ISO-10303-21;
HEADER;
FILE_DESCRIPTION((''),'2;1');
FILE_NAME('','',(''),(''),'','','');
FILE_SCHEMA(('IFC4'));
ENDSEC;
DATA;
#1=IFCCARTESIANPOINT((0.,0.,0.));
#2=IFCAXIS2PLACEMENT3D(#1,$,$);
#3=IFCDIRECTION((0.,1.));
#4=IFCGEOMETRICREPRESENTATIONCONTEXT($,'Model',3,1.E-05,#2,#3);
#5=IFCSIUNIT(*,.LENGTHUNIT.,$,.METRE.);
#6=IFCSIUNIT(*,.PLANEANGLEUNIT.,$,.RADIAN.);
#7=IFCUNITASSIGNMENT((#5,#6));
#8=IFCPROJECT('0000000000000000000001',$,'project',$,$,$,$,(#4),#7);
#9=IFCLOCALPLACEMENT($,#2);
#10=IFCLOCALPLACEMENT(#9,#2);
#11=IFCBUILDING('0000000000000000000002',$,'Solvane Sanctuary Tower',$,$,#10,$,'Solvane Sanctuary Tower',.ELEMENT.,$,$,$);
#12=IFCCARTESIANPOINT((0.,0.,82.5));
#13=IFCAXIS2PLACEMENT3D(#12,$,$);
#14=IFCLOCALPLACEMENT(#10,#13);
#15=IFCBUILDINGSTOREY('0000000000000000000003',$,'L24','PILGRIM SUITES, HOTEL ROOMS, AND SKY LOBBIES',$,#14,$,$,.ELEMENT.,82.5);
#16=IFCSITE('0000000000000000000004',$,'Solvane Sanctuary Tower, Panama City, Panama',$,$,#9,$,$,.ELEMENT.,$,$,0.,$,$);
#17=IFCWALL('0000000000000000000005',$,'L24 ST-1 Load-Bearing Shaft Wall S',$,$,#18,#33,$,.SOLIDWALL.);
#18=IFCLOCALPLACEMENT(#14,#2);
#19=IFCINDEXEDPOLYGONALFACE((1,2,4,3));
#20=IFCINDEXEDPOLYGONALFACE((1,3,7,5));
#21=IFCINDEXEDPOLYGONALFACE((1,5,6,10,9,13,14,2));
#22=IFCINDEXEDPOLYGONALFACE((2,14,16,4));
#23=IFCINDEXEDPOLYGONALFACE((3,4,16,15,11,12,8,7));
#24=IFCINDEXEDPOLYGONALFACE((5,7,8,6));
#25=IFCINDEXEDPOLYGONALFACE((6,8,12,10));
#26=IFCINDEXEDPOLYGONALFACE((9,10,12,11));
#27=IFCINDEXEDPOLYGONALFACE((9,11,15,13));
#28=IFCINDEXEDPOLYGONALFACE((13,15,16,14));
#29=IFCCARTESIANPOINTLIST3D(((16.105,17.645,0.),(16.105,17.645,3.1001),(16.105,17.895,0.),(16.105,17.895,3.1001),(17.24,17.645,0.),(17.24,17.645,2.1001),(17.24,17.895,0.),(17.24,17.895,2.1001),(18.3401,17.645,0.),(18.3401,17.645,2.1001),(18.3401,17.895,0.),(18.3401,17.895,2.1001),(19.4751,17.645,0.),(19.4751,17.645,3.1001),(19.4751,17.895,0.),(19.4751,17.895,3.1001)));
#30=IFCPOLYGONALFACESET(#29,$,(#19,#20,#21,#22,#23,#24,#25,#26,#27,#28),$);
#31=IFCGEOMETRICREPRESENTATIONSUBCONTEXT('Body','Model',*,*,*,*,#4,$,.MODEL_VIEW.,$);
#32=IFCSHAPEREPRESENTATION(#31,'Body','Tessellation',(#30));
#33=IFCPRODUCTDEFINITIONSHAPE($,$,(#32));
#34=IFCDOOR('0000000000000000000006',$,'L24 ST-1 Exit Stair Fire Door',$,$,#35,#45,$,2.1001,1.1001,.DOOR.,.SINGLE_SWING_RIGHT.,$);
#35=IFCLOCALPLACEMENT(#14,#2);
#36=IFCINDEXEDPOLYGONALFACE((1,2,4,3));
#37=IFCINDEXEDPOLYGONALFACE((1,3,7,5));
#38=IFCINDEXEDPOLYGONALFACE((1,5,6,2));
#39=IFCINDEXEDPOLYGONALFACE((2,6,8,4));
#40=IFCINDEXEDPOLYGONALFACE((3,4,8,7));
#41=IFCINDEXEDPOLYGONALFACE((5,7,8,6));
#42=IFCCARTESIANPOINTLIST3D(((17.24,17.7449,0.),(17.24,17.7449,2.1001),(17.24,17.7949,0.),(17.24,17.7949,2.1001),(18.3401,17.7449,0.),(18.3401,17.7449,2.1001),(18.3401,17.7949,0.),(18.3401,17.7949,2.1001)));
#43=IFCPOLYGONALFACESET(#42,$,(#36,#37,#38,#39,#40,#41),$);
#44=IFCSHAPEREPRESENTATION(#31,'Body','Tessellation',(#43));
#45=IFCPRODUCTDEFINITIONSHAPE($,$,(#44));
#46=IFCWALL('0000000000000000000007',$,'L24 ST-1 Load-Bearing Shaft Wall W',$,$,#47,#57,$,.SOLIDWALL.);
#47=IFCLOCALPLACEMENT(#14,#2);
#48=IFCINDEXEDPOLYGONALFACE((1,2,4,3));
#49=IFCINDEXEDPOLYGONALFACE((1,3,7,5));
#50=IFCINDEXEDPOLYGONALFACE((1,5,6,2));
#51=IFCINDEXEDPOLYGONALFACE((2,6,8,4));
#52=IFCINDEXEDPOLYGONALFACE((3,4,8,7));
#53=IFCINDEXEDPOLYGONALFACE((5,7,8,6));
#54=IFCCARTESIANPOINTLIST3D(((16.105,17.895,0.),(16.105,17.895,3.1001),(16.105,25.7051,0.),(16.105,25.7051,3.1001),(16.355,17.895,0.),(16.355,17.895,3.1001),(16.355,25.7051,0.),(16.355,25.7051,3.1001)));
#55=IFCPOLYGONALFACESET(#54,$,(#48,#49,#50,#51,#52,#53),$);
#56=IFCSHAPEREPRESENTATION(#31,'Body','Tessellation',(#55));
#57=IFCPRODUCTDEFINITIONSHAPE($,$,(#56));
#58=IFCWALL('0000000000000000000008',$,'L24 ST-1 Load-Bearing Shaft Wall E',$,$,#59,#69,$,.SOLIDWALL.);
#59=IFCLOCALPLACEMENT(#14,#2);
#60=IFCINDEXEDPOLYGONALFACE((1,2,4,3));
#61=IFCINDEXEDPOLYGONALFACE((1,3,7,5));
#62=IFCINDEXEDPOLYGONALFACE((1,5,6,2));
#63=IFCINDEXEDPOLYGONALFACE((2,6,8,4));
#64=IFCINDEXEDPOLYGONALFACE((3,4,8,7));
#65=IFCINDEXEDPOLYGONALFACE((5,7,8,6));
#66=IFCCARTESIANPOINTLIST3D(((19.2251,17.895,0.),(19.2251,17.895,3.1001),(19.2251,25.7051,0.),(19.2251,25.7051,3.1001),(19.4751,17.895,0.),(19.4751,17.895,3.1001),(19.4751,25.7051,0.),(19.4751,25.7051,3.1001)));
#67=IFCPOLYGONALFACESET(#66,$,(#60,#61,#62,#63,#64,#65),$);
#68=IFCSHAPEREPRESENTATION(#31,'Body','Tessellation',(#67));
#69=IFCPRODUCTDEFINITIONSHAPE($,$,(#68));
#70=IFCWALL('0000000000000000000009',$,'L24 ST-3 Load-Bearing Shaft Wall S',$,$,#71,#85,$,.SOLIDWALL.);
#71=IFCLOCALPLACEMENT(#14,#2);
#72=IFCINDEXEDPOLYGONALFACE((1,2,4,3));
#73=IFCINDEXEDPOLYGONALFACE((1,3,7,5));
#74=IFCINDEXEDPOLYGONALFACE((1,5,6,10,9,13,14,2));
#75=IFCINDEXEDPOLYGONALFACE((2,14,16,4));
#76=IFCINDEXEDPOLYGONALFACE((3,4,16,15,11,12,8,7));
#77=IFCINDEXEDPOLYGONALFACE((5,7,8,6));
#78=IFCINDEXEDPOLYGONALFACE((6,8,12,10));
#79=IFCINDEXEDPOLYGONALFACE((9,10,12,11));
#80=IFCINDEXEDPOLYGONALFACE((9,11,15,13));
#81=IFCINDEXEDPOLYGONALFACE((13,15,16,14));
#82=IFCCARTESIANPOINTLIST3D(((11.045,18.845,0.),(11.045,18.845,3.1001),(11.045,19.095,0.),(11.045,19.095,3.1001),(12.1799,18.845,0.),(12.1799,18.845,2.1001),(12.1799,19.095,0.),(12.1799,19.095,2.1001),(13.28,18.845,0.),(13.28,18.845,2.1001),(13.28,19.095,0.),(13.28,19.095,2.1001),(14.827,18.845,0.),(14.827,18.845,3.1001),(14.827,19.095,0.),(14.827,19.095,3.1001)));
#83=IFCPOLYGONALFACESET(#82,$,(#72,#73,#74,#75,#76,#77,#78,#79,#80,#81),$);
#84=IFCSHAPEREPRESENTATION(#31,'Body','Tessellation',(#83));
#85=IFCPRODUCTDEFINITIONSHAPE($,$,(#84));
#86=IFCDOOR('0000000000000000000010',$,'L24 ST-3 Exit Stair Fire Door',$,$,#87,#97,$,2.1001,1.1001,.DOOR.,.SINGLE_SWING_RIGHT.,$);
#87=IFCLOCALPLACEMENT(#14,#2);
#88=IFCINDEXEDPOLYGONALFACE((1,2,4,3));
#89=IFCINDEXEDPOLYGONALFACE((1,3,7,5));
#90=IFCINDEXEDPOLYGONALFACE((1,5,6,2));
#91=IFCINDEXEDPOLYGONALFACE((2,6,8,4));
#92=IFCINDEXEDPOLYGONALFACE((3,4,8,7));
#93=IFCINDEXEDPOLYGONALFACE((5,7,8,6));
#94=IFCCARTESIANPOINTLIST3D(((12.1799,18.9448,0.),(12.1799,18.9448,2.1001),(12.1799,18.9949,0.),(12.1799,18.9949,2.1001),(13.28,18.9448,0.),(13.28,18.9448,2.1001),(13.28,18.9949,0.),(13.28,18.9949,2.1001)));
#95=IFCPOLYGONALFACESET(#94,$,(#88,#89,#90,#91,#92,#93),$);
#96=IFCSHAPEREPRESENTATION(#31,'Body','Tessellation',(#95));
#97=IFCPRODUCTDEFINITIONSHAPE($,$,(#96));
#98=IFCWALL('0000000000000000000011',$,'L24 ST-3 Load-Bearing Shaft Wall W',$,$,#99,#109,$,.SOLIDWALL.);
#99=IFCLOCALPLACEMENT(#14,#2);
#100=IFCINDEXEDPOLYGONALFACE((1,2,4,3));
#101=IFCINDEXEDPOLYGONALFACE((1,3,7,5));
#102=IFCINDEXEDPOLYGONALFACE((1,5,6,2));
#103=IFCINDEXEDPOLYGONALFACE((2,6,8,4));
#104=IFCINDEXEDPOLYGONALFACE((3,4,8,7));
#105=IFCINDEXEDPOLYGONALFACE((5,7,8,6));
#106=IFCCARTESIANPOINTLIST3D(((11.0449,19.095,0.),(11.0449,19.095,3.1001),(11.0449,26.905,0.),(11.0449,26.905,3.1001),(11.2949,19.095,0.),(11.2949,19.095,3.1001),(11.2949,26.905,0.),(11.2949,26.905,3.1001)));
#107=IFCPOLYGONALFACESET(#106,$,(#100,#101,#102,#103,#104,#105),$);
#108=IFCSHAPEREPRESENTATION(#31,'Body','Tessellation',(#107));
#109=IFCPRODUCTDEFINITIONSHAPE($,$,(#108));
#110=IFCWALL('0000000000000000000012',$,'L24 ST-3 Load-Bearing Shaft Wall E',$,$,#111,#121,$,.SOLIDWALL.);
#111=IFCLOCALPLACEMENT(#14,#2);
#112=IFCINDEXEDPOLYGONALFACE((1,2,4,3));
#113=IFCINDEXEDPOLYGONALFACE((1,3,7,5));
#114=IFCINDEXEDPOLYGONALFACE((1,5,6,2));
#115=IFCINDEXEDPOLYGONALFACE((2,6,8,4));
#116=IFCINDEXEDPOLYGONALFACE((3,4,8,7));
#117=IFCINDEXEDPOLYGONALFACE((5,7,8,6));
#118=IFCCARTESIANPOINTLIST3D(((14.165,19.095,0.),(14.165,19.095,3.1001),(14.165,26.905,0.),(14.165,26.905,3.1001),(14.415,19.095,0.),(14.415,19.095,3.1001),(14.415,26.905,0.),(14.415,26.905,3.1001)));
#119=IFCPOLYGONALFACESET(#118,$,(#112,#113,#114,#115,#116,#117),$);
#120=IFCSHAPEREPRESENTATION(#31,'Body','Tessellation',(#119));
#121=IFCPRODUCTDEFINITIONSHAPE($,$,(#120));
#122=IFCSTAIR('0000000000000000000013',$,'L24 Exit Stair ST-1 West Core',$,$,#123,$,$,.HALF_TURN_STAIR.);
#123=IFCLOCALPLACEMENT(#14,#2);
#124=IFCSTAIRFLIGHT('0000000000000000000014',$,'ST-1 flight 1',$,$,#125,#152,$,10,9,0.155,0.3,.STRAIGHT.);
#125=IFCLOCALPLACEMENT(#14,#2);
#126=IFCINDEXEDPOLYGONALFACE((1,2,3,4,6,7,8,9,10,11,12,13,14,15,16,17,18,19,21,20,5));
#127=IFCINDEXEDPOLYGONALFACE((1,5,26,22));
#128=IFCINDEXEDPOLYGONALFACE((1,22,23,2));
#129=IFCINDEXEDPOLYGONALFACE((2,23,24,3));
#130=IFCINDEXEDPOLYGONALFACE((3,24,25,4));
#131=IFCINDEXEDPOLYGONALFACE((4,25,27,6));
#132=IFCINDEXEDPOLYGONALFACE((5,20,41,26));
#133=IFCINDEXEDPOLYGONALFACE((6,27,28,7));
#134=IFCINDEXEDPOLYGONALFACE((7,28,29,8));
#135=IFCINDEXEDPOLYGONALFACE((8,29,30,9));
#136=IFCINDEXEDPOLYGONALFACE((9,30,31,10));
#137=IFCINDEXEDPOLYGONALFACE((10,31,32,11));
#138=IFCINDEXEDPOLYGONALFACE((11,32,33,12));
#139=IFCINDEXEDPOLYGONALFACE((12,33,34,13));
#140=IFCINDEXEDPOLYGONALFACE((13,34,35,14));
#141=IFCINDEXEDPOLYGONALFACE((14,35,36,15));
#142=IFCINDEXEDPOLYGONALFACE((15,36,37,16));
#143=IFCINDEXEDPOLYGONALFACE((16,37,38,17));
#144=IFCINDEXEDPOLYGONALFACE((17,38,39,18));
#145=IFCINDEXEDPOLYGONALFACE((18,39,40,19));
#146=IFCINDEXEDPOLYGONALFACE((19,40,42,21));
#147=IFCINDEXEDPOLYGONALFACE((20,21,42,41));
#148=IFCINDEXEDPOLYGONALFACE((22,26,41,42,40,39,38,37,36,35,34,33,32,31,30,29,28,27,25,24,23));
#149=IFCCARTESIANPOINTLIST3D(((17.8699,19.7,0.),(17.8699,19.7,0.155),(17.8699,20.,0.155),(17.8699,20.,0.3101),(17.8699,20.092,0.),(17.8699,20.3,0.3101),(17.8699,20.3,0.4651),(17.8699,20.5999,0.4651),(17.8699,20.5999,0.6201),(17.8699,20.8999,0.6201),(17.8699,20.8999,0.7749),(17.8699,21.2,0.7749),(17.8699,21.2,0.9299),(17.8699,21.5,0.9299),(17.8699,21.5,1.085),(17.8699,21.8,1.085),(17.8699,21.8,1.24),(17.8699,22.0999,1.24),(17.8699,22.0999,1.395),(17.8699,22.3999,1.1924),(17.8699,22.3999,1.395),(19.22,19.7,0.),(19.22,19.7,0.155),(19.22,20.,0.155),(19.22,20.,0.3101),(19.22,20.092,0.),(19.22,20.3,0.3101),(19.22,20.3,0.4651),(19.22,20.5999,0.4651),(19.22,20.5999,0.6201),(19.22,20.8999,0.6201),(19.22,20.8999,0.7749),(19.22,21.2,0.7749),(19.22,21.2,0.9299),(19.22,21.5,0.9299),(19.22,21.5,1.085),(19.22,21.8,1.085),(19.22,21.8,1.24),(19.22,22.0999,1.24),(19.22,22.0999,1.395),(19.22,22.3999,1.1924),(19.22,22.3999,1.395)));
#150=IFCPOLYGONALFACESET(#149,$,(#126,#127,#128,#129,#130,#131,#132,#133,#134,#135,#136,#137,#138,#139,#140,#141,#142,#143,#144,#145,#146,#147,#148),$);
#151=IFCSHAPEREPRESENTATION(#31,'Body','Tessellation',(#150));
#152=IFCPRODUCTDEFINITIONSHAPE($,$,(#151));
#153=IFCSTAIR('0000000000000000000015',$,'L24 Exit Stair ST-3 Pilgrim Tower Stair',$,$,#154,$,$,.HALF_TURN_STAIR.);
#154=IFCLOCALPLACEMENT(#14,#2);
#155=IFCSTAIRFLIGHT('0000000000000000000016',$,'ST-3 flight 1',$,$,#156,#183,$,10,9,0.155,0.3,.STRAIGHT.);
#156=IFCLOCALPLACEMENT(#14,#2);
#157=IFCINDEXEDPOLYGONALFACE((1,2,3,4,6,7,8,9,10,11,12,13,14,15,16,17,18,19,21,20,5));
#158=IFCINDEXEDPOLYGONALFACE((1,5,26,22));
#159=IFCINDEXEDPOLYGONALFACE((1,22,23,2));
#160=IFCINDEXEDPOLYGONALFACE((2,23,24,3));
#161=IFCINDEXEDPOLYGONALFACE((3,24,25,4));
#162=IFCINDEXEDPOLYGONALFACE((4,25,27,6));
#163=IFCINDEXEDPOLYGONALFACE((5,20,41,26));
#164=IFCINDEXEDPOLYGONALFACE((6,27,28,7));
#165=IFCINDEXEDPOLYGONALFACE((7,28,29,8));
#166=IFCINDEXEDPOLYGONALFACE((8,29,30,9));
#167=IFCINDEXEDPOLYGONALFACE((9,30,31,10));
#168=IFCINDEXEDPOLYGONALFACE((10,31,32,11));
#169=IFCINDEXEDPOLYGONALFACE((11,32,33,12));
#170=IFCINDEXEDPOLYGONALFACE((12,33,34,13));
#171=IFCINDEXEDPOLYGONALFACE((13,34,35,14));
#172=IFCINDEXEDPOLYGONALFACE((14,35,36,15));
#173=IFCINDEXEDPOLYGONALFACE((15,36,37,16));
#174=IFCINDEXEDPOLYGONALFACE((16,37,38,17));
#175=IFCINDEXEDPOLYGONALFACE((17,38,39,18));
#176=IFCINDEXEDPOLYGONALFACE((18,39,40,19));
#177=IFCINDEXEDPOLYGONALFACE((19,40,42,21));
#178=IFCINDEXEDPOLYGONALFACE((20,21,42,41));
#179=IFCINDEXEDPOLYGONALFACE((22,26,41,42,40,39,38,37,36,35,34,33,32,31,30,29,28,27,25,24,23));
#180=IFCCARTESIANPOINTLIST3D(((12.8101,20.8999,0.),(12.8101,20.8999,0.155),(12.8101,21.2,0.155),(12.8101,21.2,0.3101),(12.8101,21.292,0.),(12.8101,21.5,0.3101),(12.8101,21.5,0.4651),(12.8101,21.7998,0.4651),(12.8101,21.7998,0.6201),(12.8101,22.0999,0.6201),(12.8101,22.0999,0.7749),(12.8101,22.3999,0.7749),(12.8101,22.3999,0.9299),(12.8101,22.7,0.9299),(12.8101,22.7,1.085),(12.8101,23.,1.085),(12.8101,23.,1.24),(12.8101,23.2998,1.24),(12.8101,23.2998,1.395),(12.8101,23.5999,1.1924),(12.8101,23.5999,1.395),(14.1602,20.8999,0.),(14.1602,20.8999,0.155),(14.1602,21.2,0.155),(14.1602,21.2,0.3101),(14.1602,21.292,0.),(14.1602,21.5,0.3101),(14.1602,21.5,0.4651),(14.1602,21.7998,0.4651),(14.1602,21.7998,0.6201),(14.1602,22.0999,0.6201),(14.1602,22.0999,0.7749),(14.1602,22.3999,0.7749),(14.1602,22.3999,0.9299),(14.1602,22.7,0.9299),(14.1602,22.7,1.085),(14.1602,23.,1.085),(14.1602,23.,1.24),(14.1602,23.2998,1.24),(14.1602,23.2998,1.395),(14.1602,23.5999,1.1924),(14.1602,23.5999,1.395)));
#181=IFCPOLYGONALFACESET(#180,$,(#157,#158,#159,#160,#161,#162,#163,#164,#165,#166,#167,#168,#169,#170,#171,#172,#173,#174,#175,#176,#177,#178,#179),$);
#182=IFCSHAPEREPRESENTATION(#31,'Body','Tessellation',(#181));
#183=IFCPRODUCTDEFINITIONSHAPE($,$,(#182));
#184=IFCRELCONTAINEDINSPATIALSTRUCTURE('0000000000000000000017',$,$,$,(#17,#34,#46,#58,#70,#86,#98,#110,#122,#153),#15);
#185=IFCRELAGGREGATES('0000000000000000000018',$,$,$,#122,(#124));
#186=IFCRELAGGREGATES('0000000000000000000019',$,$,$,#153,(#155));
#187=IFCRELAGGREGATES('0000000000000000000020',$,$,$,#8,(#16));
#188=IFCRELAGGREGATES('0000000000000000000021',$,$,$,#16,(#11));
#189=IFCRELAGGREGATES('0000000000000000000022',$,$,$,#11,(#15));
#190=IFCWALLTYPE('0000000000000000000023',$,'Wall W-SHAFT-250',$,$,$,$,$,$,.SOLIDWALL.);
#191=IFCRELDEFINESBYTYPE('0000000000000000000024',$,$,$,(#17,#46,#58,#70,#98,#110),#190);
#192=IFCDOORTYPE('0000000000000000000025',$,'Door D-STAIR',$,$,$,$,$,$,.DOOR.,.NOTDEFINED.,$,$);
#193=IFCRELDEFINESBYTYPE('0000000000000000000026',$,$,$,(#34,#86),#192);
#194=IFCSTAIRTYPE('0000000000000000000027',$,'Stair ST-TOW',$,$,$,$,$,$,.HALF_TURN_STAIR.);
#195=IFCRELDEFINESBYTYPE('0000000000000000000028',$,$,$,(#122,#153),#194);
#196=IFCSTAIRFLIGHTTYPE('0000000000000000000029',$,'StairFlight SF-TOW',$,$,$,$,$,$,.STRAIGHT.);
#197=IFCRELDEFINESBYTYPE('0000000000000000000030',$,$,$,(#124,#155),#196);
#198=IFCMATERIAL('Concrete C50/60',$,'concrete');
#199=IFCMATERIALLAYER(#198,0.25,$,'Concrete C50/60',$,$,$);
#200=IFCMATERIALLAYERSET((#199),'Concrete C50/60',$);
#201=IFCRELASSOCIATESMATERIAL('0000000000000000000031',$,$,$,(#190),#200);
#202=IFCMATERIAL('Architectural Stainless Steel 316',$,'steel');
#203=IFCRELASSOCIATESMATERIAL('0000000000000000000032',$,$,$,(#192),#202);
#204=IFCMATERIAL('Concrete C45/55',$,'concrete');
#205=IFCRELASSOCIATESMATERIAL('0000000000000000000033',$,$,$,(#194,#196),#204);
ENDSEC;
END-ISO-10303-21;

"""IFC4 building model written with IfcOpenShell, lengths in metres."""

from ifc_helpers import new_model, si_unit, direction, frame, frame_2d, origin, place, context, subcontext, project, spatial, polyline, rectangle, outline, extrude, material, layer, layer_set, type_object, element, fill, aggregate, save


model = new_model("IFC4")

# Units and contexts
model_context = context("Model", 3, precision=1e-05, world=origin(), true_north=direction((0.0, 1.0)))
body_context = subcontext(model_context, "Body", "Model", "MODEL_VIEW")
ifc_project = project(units=[si_unit("LENGTHUNIT", "METRE"), si_unit("PLANEANGLEUNIT", "RADIAN")], contexts=[model_context])

# Site, building, storey
site_placement = place(None, origin())
site = spatial("IfcSite", under=ifc_project, at=site_placement, Name="Solvane Sanctuary Tower, Panama City, Panama", CompositionType="ELEMENT", RefElevation=0.0)
building_placement = place(site_placement, origin())
building = spatial("IfcBuilding", under=site, at=building_placement, Name="Solvane Sanctuary Tower", LongName="Solvane Sanctuary Tower", CompositionType="ELEMENT")
storey_placement = place(building_placement, frame((0.0, 0.0, 82.5)))
storey = spatial("IfcBuildingStorey", under=building, at=storey_placement, Name="L24", Description="PILGRIM SUITES, HOTEL ROOMS, AND SKY LOBBIES", CompositionType="ELEMENT", Elevation=82.5)

# Shared definitions
ifc_material_1 = material(Name="Concrete C50/60", Category="concrete")

# Wall, opening, door
ifc_layer_1 = layer(ifc_material_1, 0.25, Name="Concrete C50/60")
ifc_layer_set_1 = layer_set([ifc_layer_1], Name="Concrete C50/60")
wall_type_1 = type_object("IfcWallType", Name="Wall W-SHAFT-250", PredefinedType="SOLIDWALL", material=ifc_layer_set_1)
wall_1_placement = place(storey_placement, frame((16.105, 17.77, 0.0), z_axis=(0.0, 0.0, 1.0), x_axis=(1.0, 0.0, 0.0)))
wall_1 = element("IfcWall", 1, at=wall_1_placement, inside=storey, type_object=wall_type_1, Name="L24 ST-1 Load-Bearing Shaft Wall S", PredefinedType="SOLIDWALL", context=body_context, shape_type="SweptSolid", body=[
    extrude(rectangle(XDim=3.3701, YDim=0.25, at=frame_2d((1.6851, 0.0))), origin(), (0.0, 0.0, 1.0), 3.1001),
])
opening_1_placement = place(wall_1_placement, frame((1.135, 0.0, 0.0)))
opening_1 = element("IfcOpeningElement", 2, at=opening_1_placement, cuts=wall_1, PredefinedType="OPENING", context=body_context, shape_type="SweptSolid", body=[
    extrude(rectangle(XDim=1.1001, YDim=2.1001, at=frame_2d((0.55, 1.05))), frame((0.0, 0.135, 0.0), z_axis=(0.0, -1.0, 0.0), x_axis=(1.0, 0.0, 0.0)), (0.0, 0.0, 1.0), 0.27),
])
ifc_material_2 = material(Name="Architectural Stainless Steel 316", Category="steel")
door_type_1 = type_object("IfcDoorType", Name="Door D-STAIR", OperationType="NOTDEFINED", PredefinedType="DOOR", material=ifc_material_2)
door_1_placement = place(opening_1_placement, origin())
door_1 = element("IfcDoor", 3, at=door_1_placement, inside=storey, type_object=door_type_1, Name="L24 ST-1 Exit Stair Fire Door", OperationType="SINGLE_SWING_RIGHT", OverallHeight=2.1001, OverallWidth=1.1001, PredefinedType="DOOR", context=body_context, shape_type="SweptSolid", body=[
    extrude(rectangle(XDim=1.1001, YDim=2.1001, at=frame_2d((0.55, 1.05))), frame((0.0, 0.0249, 0.0), z_axis=(0.0, -1.0, 0.0), x_axis=(1.0, 0.0, 0.0)), (0.0, 0.0, 1.0), 0.05),
])
fill(opening_1, door_1)

# Walls
for number, where, z_axis, x_axis, name in (
    (4, (16.23, 17.895, 0.0), (0.0, 0.0, 1.0), (0.0, 1.0, 0.0), "L24 ST-1 Load-Bearing Shaft Wall W"),
    (5, (19.3501, 17.895, 0.0), (0.0, 0.0, 1.0), (0.0, 1.0, 0.0), "L24 ST-1 Load-Bearing Shaft Wall E"),
):
    element("IfcWall", number, at=place(storey_placement, frame(where, z_axis=z_axis, x_axis=x_axis)), inside=storey, type_object=wall_type_1, Name=name, PredefinedType="SOLIDWALL", context=body_context, shape_type="SweptSolid", body=[
        extrude(rectangle(XDim=7.8101, YDim=0.25, at=frame_2d((3.905, 0.0))), origin(), (0.0, 0.0, 1.0), 3.1001),
    ])

# Wall, opening, door
wall_2_placement = place(storey_placement, frame((11.0449, 18.97, 0.0), z_axis=(0.0, 0.0, 1.0), x_axis=(1.0, 0.0, 0.0)))
wall_2 = element("IfcWall", 6, at=wall_2_placement, inside=storey, type_object=wall_type_1, Name="L24 ST-3 Load-Bearing Shaft Wall S", PredefinedType="SOLIDWALL", context=body_context, shape_type="SweptSolid", body=[
    extrude(rectangle(XDim=3.782, YDim=0.25, at=frame_2d((1.8911, 0.0))), origin(), (0.0, 0.0, 1.0), 3.1001),
])
opening_2_placement = place(wall_2_placement, frame((1.135, 0.0, 0.0)))
opening_2 = element("IfcOpeningElement", 7, at=opening_2_placement, cuts=wall_2, PredefinedType="OPENING", context=body_context, shape_type="SweptSolid", body=[
    extrude(rectangle(XDim=1.1001, YDim=2.1001, at=frame_2d((0.55, 1.05))), frame((0.0, 0.135, 0.0), z_axis=(0.0, -1.0, 0.0), x_axis=(1.0, 0.0, 0.0)), (0.0, 0.0, 1.0), 0.27),
])
door_2_placement = place(opening_2_placement, origin())
door_2 = element("IfcDoor", 8, at=door_2_placement, inside=storey, type_object=door_type_1, Name="L24 ST-3 Exit Stair Fire Door", OperationType="SINGLE_SWING_RIGHT", OverallHeight=2.1001, OverallWidth=1.1001, PredefinedType="DOOR", context=body_context, shape_type="SweptSolid", body=[
    extrude(rectangle(XDim=1.1001, YDim=2.1001, at=frame_2d((0.55, 1.05))), frame((0.0, 0.0249, 0.0), z_axis=(0.0, -1.0, 0.0), x_axis=(1.0, 0.0, 0.0)), (0.0, 0.0, 1.0), 0.05),
])
fill(opening_2, door_2)

# Walls
for number, where, z_axis, x_axis, name in (
    (9, (11.1699, 19.095, 0.0), (0.0, 0.0, 1.0), (0.0, 1.0, 0.0), "L24 ST-3 Load-Bearing Shaft Wall W"),
    (10, (14.29, 19.095, 0.0), (0.0, 0.0, 1.0), (0.0, 1.0, 0.0), "L24 ST-3 Load-Bearing Shaft Wall E"),
):
    element("IfcWall", number, at=place(storey_placement, frame(where, z_axis=z_axis, x_axis=x_axis)), inside=storey, type_object=wall_type_1, Name=name, PredefinedType="SOLIDWALL", context=body_context, shape_type="SweptSolid", body=[
        extrude(rectangle(XDim=7.8101, YDim=0.25, at=frame_2d((3.905, 0.0))), origin(), (0.0, 0.0, 1.0), 3.1001),
    ])

# Stairs, stair flights
ifc_material_3 = material(Name="Concrete C45/55", Category="concrete")
stair_type = type_object("IfcStairType", Name="Stair ST-TOW", PredefinedType="HALF_TURN_STAIR", material=ifc_material_3)
stair_1_placement = place(storey_placement, origin())
stair_1 = element("IfcStair", 11, at=stair_1_placement, inside=storey, type_object=stair_type, Name="L24 Exit Stair ST-1 West Core", PredefinedType="HALF_TURN_STAIR")
stair_flight_type = type_object("IfcStairFlightType", Name="StairFlight SF-TOW", PredefinedType="STRAIGHT", material=ifc_material_3)
stair_flight_1_placement = place(storey_placement, frame((18.5449, 19.7, 0.0), z_axis=(0.0, 0.0, 1.0), x_axis=(0.0, 1.0, 0.0)))
stair_flight_1 = element("IfcStairFlight", 12, at=stair_flight_1_placement, type_object=stair_flight_type, Name="ST-1 flight 1", NumberOfRisers=10, NumberOfTreads=9, PredefinedType="STRAIGHT", RiserHeight=0.155, TreadLength=0.3, context=body_context, shape_type="SweptSolid", body=[
    extrude(outline(polyline([(0.0, 0.0), (0.0, 0.155), (0.3, 0.155), (0.3, 0.3101), (0.6001, 0.3101), (0.6001, 0.4651), (0.8999, 0.4651), (0.8999, 0.6201), (1.2, 0.6201), (1.2, 0.7749), (1.5, 0.7749), (1.5, 0.9299), (1.8, 0.9299), (1.8, 1.085), (2.1001, 1.085), (2.1001, 1.24), (2.3999, 1.24), (2.3999, 1.395), (2.7, 1.395), (2.7, 1.55), (2.7, 1.1924), (0.3921, 0.0), (0.0, 0.0)])), frame((0.0, 0.675, 0.0), z_axis=(0.0, -1.0, 0.0), x_axis=(1.0, 0.0, 0.0)), (0.0, 0.0, 1.0), 1.3501),
])
aggregate(stair_1, [stair_flight_1])
stair_2_placement = place(storey_placement, origin())
stair_2 = element("IfcStair", 13, at=stair_2_placement, inside=storey, type_object=stair_type, Name="L24 Exit Stair ST-3 Pilgrim Tower Stair", PredefinedType="HALF_TURN_STAIR")
stair_flight_2_placement = place(storey_placement, frame((13.4851, 20.8999, 0.0), z_axis=(0.0, 0.0, 1.0), x_axis=(0.0, 1.0, 0.0)))
stair_flight_2 = element("IfcStairFlight", 14, at=stair_flight_2_placement, type_object=stair_flight_type, Name="ST-3 flight 1", NumberOfRisers=10, NumberOfTreads=9, PredefinedType="STRAIGHT", RiserHeight=0.155, TreadLength=0.3, context=body_context, shape_type="SweptSolid", body=[
    extrude(outline(polyline([(0.0, 0.0), (0.0, 0.155), (0.3, 0.155), (0.3, 0.3101), (0.6001, 0.3101), (0.6001, 0.4651), (0.8999, 0.4651), (0.8999, 0.6201), (1.2, 0.6201), (1.2, 0.7749), (1.5, 0.7749), (1.5, 0.9299), (1.8, 0.9299), (1.8, 1.085), (2.1001, 1.085), (2.1001, 1.24), (2.3999, 1.24), (2.3999, 1.395), (2.7, 1.395), (2.7, 1.55), (2.7, 1.1924), (0.3921, 0.0), (0.0, 0.0)])), frame((0.0, 0.675, 0.0), z_axis=(0.0, -1.0, 0.0), x_axis=(1.0, 0.0, 0.0)), (0.0, 0.0, 1.0), 1.3501),
])
aggregate(stair_2, [stair_flight_2])

save(model, "model.ifc")
